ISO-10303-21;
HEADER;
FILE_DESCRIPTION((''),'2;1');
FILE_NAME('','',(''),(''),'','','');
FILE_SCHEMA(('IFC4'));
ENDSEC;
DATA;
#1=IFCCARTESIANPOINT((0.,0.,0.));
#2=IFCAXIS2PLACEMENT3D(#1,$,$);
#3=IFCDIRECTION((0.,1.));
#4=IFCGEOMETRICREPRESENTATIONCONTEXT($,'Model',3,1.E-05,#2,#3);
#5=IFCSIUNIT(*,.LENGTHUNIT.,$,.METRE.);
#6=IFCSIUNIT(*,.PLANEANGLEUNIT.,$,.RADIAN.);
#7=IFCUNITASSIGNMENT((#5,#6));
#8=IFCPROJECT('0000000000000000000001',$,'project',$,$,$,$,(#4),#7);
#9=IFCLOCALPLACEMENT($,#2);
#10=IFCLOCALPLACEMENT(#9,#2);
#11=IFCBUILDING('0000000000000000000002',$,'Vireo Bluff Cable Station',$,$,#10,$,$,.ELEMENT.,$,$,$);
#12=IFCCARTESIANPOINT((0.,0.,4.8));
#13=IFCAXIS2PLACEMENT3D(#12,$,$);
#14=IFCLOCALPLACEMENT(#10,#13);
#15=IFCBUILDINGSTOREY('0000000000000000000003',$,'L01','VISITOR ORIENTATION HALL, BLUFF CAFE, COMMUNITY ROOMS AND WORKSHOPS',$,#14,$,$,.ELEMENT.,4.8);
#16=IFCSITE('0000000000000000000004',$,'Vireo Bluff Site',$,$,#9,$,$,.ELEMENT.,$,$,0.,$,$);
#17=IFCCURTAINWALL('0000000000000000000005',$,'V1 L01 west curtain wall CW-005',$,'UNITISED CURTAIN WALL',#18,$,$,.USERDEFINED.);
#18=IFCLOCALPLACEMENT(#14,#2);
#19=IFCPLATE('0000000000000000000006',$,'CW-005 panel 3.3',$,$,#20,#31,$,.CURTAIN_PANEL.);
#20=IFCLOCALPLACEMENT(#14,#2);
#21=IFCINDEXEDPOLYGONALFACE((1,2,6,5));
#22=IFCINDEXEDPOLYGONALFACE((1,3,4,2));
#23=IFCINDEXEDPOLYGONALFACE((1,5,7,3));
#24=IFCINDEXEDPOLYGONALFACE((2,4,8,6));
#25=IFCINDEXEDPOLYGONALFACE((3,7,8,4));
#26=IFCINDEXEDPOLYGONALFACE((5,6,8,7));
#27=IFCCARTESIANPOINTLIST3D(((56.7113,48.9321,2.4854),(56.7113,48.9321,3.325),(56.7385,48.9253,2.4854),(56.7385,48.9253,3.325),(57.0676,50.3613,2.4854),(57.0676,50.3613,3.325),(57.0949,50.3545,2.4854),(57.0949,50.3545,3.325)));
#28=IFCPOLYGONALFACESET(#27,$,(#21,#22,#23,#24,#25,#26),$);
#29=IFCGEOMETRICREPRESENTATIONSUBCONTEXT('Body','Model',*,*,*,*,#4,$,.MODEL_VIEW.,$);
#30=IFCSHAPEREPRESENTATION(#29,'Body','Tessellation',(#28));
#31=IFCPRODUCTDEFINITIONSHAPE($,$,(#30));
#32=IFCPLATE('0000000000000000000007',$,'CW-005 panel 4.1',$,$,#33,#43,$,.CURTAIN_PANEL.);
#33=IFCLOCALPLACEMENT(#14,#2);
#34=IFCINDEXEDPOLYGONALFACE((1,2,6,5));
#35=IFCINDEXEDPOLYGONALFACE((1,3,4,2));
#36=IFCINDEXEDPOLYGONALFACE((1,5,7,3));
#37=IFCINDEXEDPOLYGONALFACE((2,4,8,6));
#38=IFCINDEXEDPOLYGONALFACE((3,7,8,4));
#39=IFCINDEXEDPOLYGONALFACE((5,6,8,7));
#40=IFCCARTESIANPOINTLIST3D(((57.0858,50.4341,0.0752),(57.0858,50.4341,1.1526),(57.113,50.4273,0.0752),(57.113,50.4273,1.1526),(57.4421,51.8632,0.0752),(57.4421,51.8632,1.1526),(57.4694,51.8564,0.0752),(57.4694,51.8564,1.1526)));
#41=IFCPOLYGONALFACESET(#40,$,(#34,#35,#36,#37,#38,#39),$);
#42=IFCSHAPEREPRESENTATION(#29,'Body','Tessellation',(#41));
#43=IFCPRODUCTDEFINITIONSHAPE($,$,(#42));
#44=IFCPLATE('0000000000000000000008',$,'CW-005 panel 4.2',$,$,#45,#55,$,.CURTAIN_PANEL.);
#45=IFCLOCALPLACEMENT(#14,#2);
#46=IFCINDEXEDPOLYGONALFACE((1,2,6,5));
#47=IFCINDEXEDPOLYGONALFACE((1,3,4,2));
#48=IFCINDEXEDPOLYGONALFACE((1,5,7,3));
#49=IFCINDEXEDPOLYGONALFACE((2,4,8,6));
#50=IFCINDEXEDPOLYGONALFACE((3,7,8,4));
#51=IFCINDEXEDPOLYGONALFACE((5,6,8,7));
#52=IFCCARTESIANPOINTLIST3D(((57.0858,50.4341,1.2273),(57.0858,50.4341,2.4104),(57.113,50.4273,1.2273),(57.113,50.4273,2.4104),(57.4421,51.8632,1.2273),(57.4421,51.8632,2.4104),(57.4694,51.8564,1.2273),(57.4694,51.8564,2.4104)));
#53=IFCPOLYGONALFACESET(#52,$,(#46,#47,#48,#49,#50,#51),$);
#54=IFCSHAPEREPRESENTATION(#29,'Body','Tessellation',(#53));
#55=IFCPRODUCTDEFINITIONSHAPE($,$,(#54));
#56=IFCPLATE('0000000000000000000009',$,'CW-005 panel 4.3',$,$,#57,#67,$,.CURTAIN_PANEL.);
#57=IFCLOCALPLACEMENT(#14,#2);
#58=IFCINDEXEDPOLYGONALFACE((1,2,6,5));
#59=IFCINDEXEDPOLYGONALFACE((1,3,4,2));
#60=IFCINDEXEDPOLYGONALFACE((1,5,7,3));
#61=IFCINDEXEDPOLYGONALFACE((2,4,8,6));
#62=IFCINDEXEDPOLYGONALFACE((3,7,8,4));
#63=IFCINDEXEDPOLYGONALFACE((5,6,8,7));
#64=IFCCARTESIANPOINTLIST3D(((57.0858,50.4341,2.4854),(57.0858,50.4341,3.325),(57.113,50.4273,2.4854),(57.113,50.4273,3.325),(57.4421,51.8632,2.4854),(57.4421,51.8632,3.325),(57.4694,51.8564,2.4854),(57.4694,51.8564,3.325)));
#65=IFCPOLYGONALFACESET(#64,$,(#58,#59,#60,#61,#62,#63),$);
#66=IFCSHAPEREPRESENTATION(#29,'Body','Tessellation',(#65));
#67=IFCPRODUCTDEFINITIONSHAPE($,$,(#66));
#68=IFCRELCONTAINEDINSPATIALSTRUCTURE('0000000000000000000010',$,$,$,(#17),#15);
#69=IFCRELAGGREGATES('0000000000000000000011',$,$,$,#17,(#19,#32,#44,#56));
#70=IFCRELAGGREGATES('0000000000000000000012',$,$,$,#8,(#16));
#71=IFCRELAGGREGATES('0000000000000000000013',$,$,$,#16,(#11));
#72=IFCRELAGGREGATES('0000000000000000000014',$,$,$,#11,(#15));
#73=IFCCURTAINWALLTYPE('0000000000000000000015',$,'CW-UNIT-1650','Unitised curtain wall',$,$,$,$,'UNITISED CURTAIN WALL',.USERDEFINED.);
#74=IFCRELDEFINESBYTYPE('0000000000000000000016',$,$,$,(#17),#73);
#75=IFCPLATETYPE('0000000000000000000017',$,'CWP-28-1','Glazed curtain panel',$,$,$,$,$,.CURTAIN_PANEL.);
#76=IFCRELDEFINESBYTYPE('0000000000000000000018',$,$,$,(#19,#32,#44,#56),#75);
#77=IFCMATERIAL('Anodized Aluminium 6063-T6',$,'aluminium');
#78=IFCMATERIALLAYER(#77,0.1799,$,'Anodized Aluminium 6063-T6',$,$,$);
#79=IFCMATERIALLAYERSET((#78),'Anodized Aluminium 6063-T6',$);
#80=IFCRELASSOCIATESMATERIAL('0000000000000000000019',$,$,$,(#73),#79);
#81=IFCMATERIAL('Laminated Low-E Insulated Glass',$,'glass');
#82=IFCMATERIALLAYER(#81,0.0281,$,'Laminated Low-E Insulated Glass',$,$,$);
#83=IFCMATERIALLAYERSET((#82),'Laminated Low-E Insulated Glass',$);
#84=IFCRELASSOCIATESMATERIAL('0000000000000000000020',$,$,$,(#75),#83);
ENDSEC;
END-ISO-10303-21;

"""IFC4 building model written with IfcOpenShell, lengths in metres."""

from ifc_helpers import new_model, si_unit, direction, frame, origin, origin_2d, place, context, subcontext, project, spatial, rectangle, extrude, material, layer, layer_set, type_object, element, aggregate, save


model = new_model("IFC4")

# Units and contexts
model_context = context("Model", 3, precision=1e-05, world=origin(), true_north=direction((0.0, 1.0)))
body_context = subcontext(model_context, "Body", "Model", "MODEL_VIEW")
ifc_project = project(units=[si_unit("LENGTHUNIT", "METRE"), si_unit("PLANEANGLEUNIT", "RADIAN")], contexts=[model_context])

# Site, building, storey
site_placement = place(None, origin())
site = spatial("IfcSite", under=ifc_project, at=site_placement, Name="Vireo Bluff Site", CompositionType="ELEMENT", RefElevation=0.0)
building_placement = place(site_placement, origin())
building = spatial("IfcBuilding", under=site, at=building_placement, Name="Vireo Bluff Cable Station", CompositionType="ELEMENT")
storey_placement = place(building_placement, frame((0.0, 0.0, 4.8)))
storey = spatial("IfcBuildingStorey", under=building, at=storey_placement, Name="L01", Description="VISITOR ORIENTATION HALL, BLUFF CAFE, COMMUNITY ROOMS AND WORKSHOPS", CompositionType="ELEMENT", Elevation=4.8)

# Curtain wall
ifc_material_1 = material(Name="Anodized Aluminium 6063-T6", Category="aluminium")
ifc_layer_1 = layer(ifc_material_1, 0.1799, Name="Anodized Aluminium 6063-T6")
ifc_layer_set_1 = layer_set([ifc_layer_1], Name="Anodized Aluminium 6063-T6")
curtain_wall_type = type_object("IfcCurtainWallType", Name="CW-UNIT-1650", Description="Unitised curtain wall", ElementType="UNITISED CURTAIN WALL", PredefinedType="USERDEFINED", material=ifc_layer_set_1)
curtain_wall_placement = place(storey_placement, origin())
curtain_wall = element("IfcCurtainWall", 1, at=curtain_wall_placement, inside=storey, type_object=curtain_wall_type, Name="V1 L01 west curtain wall CW-005", ObjectType="UNITISED CURTAIN WALL", PredefinedType="USERDEFINED")

# Plates
ifc_material_2 = material(Name="Laminated Low-E Insulated Glass", Category="glass")
ifc_layer_2 = layer(ifc_material_2, 0.0281, Name="Laminated Low-E Insulated Glass")
ifc_layer_set_2 = layer_set([ifc_layer_2], Name="Laminated Low-E Insulated Glass")
plate_type = type_object("IfcPlateType", Name="CWP-28-1", Description="Glazed curtain panel", PredefinedType="CURTAIN_PANEL", material=ifc_layer_set_2)
plate_1_placement = place(storey_placement, frame((56.9031, 49.6433, 2.4854), z_axis=(0.0, 0.0, 1.0), x_axis=(0.241922, 0.970296, 0.0)))
plate_1 = element("IfcPlate", 2, at=plate_1_placement, type_object=plate_type, Name="CW-005 panel 3.3", PredefinedType="CURTAIN_PANEL", context=body_context, shape_type="SweptSolid", body=[
    extrude(rectangle(XDim=1.4729, YDim=0.0281, at=origin_2d()), origin(), (0.0, 0.0, 1.0), 0.8396),
])
plate_2_placement = place(storey_placement, frame((57.2776, 51.1453, 0.0752), z_axis=(0.0, 0.0, 1.0), x_axis=(0.241922, 0.970296, 0.0)))
plate_2 = element("IfcPlate", 3, at=plate_2_placement, type_object=plate_type, Name="CW-005 panel 4.1", PredefinedType="CURTAIN_PANEL", context=body_context, shape_type="SweptSolid", body=[
    extrude(rectangle(XDim=1.4729, YDim=0.0281, at=origin_2d()), origin(), (0.0, 0.0, 1.0), 1.0774),
])
plate_3_placement = place(storey_placement, frame((57.2776, 51.1453, 1.2273), z_axis=(0.0, 0.0, 1.0), x_axis=(0.241922, 0.970296, 0.0)))
plate_3 = element("IfcPlate", 4, at=plate_3_placement, type_object=plate_type, Name="CW-005 panel 4.2", PredefinedType="CURTAIN_PANEL", context=body_context, shape_type="SweptSolid", body=[
    extrude(rectangle(XDim=1.4729, YDim=0.0281, at=origin_2d()), origin(), (0.0, 0.0, 1.0), 1.1831),
])
plate_4_placement = place(storey_placement, frame((57.2776, 51.1453, 2.4854), z_axis=(0.0, 0.0, 1.0), x_axis=(0.241922, 0.970296, 0.0)))
plate_4 = element("IfcPlate", 5, at=plate_4_placement, type_object=plate_type, Name="CW-005 panel 4.3", PredefinedType="CURTAIN_PANEL", context=body_context, shape_type="SweptSolid", body=[
    extrude(rectangle(XDim=1.4729, YDim=0.0281, at=origin_2d()), origin(), (0.0, 0.0, 1.0), 0.8396),
])
aggregate(curtain_wall, [plate_1, plate_2, plate_3, plate_4])

save(model, "model.ifc")
